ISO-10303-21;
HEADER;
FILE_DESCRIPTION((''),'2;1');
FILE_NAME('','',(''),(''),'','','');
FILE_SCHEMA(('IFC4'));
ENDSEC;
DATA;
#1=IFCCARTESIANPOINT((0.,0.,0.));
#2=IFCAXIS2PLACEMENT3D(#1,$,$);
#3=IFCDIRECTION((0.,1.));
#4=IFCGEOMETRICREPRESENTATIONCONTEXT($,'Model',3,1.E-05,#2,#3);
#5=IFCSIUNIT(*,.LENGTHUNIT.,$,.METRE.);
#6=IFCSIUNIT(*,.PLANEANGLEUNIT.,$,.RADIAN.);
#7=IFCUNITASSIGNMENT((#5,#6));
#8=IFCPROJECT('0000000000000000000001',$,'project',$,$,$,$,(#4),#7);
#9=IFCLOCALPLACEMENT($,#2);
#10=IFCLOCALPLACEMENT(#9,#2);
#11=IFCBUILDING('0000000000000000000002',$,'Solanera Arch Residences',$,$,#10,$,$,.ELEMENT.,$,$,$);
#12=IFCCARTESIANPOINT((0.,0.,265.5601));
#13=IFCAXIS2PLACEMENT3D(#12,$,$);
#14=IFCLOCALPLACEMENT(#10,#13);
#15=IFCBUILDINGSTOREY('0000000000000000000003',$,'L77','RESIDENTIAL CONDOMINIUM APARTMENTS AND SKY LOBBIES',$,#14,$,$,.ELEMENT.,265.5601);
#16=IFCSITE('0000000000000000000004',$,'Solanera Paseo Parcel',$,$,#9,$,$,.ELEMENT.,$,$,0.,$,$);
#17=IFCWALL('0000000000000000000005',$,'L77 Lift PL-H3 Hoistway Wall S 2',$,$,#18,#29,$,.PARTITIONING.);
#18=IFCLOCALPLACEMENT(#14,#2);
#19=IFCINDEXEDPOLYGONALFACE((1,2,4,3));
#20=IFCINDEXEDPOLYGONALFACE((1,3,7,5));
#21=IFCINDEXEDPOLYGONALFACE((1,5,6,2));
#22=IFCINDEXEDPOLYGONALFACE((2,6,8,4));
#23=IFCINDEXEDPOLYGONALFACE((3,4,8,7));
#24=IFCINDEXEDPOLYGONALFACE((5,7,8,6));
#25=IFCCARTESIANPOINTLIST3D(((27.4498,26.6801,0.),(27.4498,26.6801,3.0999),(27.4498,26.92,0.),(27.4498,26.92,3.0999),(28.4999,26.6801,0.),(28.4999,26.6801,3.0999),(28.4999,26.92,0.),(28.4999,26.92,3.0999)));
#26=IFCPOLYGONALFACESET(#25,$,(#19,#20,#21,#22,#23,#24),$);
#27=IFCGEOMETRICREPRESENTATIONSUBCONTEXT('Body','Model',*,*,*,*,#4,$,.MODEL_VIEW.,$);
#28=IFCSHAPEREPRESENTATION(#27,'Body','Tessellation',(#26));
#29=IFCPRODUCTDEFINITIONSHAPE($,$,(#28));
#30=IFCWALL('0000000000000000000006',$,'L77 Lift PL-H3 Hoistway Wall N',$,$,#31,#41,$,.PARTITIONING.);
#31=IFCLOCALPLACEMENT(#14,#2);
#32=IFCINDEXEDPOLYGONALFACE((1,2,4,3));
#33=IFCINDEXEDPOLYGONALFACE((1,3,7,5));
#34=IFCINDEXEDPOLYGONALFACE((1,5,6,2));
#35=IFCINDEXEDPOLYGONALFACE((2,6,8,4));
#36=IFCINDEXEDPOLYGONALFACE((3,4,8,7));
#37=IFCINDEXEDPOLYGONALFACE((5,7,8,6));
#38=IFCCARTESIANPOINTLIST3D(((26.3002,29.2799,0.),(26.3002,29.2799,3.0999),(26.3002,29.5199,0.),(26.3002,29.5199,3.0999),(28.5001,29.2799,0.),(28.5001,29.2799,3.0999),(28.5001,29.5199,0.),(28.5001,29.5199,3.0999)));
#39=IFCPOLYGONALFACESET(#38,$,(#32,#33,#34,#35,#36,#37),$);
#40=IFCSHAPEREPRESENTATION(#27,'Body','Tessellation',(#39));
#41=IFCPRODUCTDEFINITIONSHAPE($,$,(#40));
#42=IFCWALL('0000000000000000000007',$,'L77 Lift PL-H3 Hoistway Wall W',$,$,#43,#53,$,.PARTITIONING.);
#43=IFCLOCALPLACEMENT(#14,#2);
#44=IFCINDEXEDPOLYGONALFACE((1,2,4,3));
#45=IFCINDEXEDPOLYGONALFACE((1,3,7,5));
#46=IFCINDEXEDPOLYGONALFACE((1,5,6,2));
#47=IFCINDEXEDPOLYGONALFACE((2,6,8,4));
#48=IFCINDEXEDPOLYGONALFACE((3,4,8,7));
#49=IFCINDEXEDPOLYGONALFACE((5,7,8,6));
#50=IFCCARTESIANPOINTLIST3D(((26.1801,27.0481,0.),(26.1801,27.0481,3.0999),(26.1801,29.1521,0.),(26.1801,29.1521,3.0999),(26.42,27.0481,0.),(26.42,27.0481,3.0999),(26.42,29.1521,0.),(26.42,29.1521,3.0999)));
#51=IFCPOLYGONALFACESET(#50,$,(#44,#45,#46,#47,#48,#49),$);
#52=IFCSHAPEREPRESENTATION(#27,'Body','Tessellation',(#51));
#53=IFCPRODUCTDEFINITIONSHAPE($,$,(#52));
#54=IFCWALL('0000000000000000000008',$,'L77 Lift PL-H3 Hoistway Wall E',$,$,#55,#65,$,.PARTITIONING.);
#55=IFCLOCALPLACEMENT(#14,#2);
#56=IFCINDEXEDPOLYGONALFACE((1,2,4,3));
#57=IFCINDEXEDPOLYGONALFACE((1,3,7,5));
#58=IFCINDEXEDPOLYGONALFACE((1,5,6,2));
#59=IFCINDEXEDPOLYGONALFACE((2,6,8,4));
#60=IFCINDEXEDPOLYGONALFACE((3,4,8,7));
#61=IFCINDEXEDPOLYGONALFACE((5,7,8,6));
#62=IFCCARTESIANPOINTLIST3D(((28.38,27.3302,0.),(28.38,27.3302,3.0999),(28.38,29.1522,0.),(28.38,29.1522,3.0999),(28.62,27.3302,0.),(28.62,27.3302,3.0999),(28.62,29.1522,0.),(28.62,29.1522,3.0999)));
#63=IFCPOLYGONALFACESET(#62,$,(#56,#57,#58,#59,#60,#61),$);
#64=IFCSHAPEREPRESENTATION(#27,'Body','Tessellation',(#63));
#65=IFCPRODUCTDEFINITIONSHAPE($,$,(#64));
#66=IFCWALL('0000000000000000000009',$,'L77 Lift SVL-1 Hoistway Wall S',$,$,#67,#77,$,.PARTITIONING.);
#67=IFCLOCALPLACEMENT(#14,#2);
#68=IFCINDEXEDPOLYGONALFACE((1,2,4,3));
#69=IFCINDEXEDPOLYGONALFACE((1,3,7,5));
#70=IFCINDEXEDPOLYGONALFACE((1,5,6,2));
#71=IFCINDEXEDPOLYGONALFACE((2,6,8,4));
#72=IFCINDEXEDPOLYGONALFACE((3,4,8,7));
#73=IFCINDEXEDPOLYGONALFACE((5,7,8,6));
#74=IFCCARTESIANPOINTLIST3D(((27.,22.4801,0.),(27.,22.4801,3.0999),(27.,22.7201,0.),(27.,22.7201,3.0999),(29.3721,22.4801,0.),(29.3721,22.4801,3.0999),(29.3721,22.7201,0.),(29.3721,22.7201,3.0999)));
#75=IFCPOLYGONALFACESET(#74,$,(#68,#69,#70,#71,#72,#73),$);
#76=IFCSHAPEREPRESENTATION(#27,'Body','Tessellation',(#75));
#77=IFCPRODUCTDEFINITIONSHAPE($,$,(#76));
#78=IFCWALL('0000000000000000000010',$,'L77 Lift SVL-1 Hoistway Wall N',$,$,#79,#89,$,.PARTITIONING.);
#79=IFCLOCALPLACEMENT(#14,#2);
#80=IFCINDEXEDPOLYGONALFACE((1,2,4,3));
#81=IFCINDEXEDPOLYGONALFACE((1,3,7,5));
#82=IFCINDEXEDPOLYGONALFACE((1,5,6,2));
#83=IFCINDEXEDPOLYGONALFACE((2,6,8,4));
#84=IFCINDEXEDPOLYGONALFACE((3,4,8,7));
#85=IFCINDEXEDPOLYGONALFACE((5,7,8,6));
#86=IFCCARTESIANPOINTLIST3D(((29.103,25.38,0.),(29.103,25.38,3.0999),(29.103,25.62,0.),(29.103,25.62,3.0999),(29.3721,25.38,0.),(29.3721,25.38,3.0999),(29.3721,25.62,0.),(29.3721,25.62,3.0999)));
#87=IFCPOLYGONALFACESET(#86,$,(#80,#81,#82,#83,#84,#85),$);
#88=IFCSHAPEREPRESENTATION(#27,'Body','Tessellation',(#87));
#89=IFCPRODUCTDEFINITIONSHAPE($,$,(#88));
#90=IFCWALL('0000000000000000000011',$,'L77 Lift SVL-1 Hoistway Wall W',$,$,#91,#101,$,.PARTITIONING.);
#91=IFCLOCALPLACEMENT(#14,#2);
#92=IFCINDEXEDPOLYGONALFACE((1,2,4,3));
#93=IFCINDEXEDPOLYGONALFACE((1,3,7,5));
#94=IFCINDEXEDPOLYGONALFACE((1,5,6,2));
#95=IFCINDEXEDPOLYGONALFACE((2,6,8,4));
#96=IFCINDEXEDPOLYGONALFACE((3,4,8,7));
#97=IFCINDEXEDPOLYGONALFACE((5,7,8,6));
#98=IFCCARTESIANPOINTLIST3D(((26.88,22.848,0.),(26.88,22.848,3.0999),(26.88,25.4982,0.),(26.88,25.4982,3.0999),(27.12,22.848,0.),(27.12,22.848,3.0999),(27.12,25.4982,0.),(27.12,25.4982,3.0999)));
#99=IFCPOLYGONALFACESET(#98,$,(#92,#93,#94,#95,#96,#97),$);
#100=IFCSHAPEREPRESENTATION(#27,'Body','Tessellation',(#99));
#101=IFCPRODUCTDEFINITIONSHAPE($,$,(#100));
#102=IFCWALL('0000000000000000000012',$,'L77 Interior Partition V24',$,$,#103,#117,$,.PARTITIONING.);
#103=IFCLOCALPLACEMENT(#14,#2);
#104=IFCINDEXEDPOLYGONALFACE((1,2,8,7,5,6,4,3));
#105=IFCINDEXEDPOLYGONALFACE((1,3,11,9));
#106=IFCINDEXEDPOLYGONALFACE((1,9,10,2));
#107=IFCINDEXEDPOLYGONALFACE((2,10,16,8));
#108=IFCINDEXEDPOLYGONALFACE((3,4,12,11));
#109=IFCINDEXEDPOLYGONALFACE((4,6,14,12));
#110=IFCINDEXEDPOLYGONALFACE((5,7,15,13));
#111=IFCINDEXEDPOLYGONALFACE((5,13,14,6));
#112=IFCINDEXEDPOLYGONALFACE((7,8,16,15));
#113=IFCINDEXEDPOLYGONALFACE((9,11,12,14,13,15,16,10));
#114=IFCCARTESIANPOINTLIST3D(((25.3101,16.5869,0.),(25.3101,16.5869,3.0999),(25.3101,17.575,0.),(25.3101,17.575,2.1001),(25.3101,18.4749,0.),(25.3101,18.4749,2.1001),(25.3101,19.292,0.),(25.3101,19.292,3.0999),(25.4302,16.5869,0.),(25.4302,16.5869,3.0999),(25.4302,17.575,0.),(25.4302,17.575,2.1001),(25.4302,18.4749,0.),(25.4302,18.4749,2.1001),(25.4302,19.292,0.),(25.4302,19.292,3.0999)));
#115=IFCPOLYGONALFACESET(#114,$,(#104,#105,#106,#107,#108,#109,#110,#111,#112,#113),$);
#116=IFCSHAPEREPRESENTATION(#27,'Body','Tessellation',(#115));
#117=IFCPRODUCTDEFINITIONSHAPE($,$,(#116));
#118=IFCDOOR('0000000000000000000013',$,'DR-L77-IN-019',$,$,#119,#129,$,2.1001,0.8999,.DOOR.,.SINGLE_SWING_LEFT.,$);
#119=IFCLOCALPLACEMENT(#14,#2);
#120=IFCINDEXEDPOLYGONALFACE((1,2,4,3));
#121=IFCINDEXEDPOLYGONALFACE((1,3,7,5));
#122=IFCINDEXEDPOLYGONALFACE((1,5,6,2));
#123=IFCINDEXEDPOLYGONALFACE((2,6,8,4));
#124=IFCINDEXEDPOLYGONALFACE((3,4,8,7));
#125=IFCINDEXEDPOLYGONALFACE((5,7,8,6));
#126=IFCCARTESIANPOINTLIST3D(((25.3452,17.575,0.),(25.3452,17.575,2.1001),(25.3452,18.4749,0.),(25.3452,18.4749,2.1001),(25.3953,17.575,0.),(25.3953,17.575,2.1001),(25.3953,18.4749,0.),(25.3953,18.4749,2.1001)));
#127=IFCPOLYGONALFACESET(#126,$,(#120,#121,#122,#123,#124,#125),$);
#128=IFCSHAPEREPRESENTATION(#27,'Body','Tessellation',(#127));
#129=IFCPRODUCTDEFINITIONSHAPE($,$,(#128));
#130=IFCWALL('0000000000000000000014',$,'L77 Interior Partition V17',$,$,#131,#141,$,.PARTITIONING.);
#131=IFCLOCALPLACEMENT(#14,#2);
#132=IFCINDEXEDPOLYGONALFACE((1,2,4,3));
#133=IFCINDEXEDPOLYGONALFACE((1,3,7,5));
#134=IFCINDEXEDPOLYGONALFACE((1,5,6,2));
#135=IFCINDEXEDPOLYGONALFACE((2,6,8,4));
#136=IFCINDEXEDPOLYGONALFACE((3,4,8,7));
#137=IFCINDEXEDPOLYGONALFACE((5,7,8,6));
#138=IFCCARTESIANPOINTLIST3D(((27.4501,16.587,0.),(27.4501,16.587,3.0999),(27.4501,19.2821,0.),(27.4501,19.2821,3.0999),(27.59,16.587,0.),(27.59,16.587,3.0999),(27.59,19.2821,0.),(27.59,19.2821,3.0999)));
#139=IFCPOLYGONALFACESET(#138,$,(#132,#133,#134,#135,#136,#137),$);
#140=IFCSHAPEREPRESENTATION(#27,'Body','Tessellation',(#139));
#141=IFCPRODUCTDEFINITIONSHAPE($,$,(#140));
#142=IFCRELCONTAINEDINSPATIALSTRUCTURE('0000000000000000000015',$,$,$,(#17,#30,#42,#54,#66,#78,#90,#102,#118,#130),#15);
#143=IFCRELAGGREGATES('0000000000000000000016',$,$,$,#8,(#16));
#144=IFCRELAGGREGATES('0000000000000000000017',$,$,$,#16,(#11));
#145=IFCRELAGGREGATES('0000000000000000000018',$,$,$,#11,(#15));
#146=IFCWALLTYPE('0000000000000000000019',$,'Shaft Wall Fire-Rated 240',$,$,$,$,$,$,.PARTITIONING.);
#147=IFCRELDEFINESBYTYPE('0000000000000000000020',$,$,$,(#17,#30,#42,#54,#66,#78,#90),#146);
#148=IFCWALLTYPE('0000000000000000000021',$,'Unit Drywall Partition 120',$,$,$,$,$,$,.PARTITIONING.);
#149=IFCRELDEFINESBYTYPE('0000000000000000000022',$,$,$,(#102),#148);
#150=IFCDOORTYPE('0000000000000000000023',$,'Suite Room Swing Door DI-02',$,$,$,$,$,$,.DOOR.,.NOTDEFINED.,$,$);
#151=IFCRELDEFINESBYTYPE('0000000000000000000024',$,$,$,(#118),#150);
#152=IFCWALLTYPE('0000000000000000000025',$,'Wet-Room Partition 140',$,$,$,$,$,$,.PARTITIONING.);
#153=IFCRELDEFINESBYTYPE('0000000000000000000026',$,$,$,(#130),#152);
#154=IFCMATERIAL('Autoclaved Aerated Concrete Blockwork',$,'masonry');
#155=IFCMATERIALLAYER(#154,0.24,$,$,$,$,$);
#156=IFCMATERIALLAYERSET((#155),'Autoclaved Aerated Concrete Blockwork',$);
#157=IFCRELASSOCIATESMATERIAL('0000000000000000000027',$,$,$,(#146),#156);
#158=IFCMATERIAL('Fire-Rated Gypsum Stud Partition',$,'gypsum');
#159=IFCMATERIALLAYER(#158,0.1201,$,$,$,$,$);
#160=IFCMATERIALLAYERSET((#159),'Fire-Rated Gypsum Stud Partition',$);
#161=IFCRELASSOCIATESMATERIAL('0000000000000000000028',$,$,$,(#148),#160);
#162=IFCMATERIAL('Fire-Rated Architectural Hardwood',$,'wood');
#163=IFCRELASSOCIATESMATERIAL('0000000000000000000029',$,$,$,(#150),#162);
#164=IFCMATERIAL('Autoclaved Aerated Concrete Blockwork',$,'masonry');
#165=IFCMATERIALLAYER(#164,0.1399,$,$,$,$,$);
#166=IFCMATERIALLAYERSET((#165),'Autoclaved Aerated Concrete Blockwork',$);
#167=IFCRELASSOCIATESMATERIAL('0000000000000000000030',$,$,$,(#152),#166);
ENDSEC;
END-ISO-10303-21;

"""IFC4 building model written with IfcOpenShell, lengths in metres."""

from ifc_helpers import new_model, si_unit, direction, frame, frame_2d, origin, place, context, subcontext, project, spatial, rectangle, extrude, material, layer, layer_set, type_object, element, fill, save


model = new_model("IFC4")

# Units and contexts
model_context = context("Model", 3, precision=1e-05, world=origin(), true_north=direction((0.0, 1.0)))
body_context = subcontext(model_context, "Body", "Model", "MODEL_VIEW")
ifc_project = project(units=[si_unit("LENGTHUNIT", "METRE"), si_unit("PLANEANGLEUNIT", "RADIAN")], contexts=[model_context])

# Site, building, storey
site_placement = place(None, origin())
site = spatial("IfcSite", under=ifc_project, at=site_placement, Name="Solanera Paseo Parcel", CompositionType="ELEMENT", RefElevation=0.0)
building_placement = place(site_placement, origin())
building = spatial("IfcBuilding", under=site, at=building_placement, Name="Solanera Arch Residences", CompositionType="ELEMENT")
storey_placement = place(building_placement, frame((0.0, 0.0, 265.5601)))
storey = spatial("IfcBuildingStorey", under=building, at=storey_placement, Name="L77", Description="RESIDENTIAL CONDOMINIUM APARTMENTS AND SKY LOBBIES", CompositionType="ELEMENT", Elevation=265.5601)

# Walls
ifc_material_1 = material(Name="Autoclaved Aerated Concrete Blockwork", Category="masonry")
ifc_layer_1 = layer(ifc_material_1, 0.24)
ifc_layer_set_1 = layer_set([ifc_layer_1], Name="Autoclaved Aerated Concrete Blockwork")
wall_type_1 = type_object("IfcWallType", Name="Shaft Wall Fire-Rated 240", PredefinedType="PARTITIONING", material=ifc_layer_set_1)
wall_1_placement = place(storey_placement, frame((27.45, 26.8, 0.0), z_axis=(0.0, 0.0, 1.0), x_axis=(1.0, 0.0, 0.0)))
element("IfcWall", 1, at=wall_1_placement, inside=storey, type_object=wall_type_1, Name="L77 Lift PL-H3 Hoistway Wall S 2", PredefinedType="PARTITIONING", context=body_context, shape_type="SweptSolid", body=[
    extrude(rectangle(XDim=1.05, YDim=0.24, at=frame_2d((0.5249, 0.0))), origin(), (0.0, 0.0, 1.0), 3.0999),
])
wall_2_placement = place(storey_placement, frame((26.3, 29.3999, 0.0), z_axis=(0.0, 0.0, 1.0), x_axis=(1.0, 0.0, 0.0)))
element("IfcWall", 2, at=wall_2_placement, inside=storey, type_object=wall_type_1, Name="L77 Lift PL-H3 Hoistway Wall N", PredefinedType="PARTITIONING", context=body_context, shape_type="SweptSolid", body=[
    extrude(rectangle(XDim=2.2, YDim=0.24, at=frame_2d((1.1001, 0.0))), origin(), (0.0, 0.0, 1.0), 3.0999),
])
wall_3_placement = place(storey_placement, frame((26.3, 27.0481, 0.0), z_axis=(0.0, 0.0, 1.0), x_axis=(0.0, 1.0, 0.0)))
element("IfcWall", 3, at=wall_3_placement, inside=storey, type_object=wall_type_1, Name="L77 Lift PL-H3 Hoistway Wall W", PredefinedType="PARTITIONING", context=body_context, shape_type="SweptSolid", body=[
    extrude(rectangle(XDim=2.104, YDim=0.24, at=frame_2d((1.052, 0.0))), origin(), (0.0, 0.0, 1.0), 3.0999),
])
wall_4_placement = place(storey_placement, frame((28.5, 27.3301, 0.0), z_axis=(0.0, 0.0, 1.0), x_axis=(0.0, 1.0, 0.0)))
element("IfcWall", 4, at=wall_4_placement, inside=storey, type_object=wall_type_1, Name="L77 Lift PL-H3 Hoistway Wall E", PredefinedType="PARTITIONING", context=body_context, shape_type="SweptSolid", body=[
    extrude(rectangle(XDim=1.822, YDim=0.24, at=frame_2d((0.9111, 0.0))), origin(), (0.0, 0.0, 1.0), 3.0999),
])
wall_5_placement = place(storey_placement, frame((27.0, 22.6001, 0.0), z_axis=(0.0, 0.0, 1.0), x_axis=(1.0, 0.0, 0.0)))
element("IfcWall", 5, at=wall_5_placement, inside=storey, type_object=wall_type_1, Name="L77 Lift SVL-1 Hoistway Wall S", PredefinedType="PARTITIONING", context=body_context, shape_type="SweptSolid", body=[
    extrude(rectangle(XDim=2.3721, YDim=0.24, at=frame_2d((1.186, 0.0))), origin(), (0.0, 0.0, 1.0), 3.0999),
])
wall_6_placement = place(storey_placement, frame((29.103, 25.5, 0.0), z_axis=(0.0, 0.0, 1.0), x_axis=(1.0, 0.0, 0.0)))
element("IfcWall", 6, at=wall_6_placement, inside=storey, type_object=wall_type_1, Name="L77 Lift SVL-1 Hoistway Wall N", PredefinedType="PARTITIONING", context=body_context, shape_type="SweptSolid", body=[
    extrude(rectangle(XDim=0.269, YDim=0.24, at=frame_2d((0.1345, 0.0))), origin(), (0.0, 0.0, 1.0), 3.0999),
])
wall_7_placement = place(storey_placement, frame((27.0, 22.8479, 0.0), z_axis=(0.0, 0.0, 1.0), x_axis=(0.0, 1.0, 0.0)))
element("IfcWall", 7, at=wall_7_placement, inside=storey, type_object=wall_type_1, Name="L77 Lift SVL-1 Hoistway Wall W", PredefinedType="PARTITIONING", context=body_context, shape_type="SweptSolid", body=[
    extrude(rectangle(XDim=2.6501, YDim=0.24, at=frame_2d((1.3252, 0.0))), origin(), (0.0, 0.0, 1.0), 3.0999),
])

# Wall, opening, door
ifc_material_2 = material(Name="Fire-Rated Gypsum Stud Partition", Category="gypsum")
ifc_layer_2 = layer(ifc_material_2, 0.1201)
ifc_layer_set_2 = layer_set([ifc_layer_2], Name="Fire-Rated Gypsum Stud Partition")
wall_type_2 = type_object("IfcWallType", Name="Unit Drywall Partition 120", PredefinedType="PARTITIONING", material=ifc_layer_set_2)
wall_8_placement = place(storey_placement, frame((25.3701, 16.5869, 0.0), z_axis=(0.0, 0.0, 1.0), x_axis=(0.0, 1.0, 0.0)))
wall_8 = element("IfcWall", 8, at=wall_8_placement, inside=storey, type_object=wall_type_2, Name="L77 Interior Partition V24", PredefinedType="PARTITIONING", context=body_context, shape_type="SweptSolid", body=[
    extrude(rectangle(XDim=2.7051, YDim=0.1201, at=frame_2d((1.3525, 0.0))), origin(), (0.0, 0.0, 1.0), 3.0999),
])
opening_placement = place(wall_8_placement, frame((0.988, 0.0, 0.0)))
opening = element("IfcOpeningElement", 9, at=opening_placement, cuts=wall_8, PredefinedType="OPENING", context=body_context, shape_type="SweptSolid", body=[
    extrude(rectangle(XDim=0.8999, YDim=2.1001, at=frame_2d((0.45, 1.05))), frame((0.0, 0.0701, 0.0), z_axis=(0.0, -1.0, 0.0), x_axis=(1.0, 0.0, 0.0)), (0.0, 0.0, 1.0), 0.1401),
])
ifc_material_3 = material(Name="Fire-Rated Architectural Hardwood", Category="wood")
door_type = type_object("IfcDoorType", Name="Suite Room Swing Door DI-02", OperationType="NOTDEFINED", PredefinedType="DOOR", material=ifc_material_3)
door_placement = place(opening_placement, origin())
door = element("IfcDoor", 10, at=door_placement, inside=storey, type_object=door_type, Name="DR-L77-IN-019", OperationType="SINGLE_SWING_LEFT", OverallHeight=2.1001, OverallWidth=0.8999, PredefinedType="DOOR", context=body_context, shape_type="SweptSolid", body=[
    extrude(rectangle(XDim=0.8999, YDim=2.1001, at=frame_2d((0.45, 1.05))), frame((0.0, 0.0249, 0.0), z_axis=(0.0, -1.0, 0.0), x_axis=(1.0, 0.0, 0.0)), (0.0, 0.0, 1.0), 0.05),
])
fill(opening, door)

# Wall
ifc_material_4 = material(Name="Autoclaved Aerated Concrete Blockwork", Category="masonry")
ifc_layer_3 = layer(ifc_material_4, 0.1399)
ifc_layer_set_3 = layer_set([ifc_layer_3], Name="Autoclaved Aerated Concrete Blockwork")
wall_type_3 = type_object("IfcWallType", Name="Wet-Room Partition 140", PredefinedType="PARTITIONING", material=ifc_layer_set_3)
wall_9_placement = place(storey_placement, frame((27.52, 16.5869, 0.0), z_axis=(0.0, 0.0, 1.0), x_axis=(0.0, 1.0, 0.0)))
element("IfcWall", 11, at=wall_9_placement, inside=storey, type_object=wall_type_3, Name="L77 Interior Partition V17", PredefinedType="PARTITIONING", context=body_context, shape_type="SweptSolid", body=[
    extrude(rectangle(XDim=2.6951, YDim=0.1399, at=frame_2d((1.3477, 0.0))), origin(), (0.0, 0.0, 1.0), 3.0999),
])

save(model, "model.ifc")
